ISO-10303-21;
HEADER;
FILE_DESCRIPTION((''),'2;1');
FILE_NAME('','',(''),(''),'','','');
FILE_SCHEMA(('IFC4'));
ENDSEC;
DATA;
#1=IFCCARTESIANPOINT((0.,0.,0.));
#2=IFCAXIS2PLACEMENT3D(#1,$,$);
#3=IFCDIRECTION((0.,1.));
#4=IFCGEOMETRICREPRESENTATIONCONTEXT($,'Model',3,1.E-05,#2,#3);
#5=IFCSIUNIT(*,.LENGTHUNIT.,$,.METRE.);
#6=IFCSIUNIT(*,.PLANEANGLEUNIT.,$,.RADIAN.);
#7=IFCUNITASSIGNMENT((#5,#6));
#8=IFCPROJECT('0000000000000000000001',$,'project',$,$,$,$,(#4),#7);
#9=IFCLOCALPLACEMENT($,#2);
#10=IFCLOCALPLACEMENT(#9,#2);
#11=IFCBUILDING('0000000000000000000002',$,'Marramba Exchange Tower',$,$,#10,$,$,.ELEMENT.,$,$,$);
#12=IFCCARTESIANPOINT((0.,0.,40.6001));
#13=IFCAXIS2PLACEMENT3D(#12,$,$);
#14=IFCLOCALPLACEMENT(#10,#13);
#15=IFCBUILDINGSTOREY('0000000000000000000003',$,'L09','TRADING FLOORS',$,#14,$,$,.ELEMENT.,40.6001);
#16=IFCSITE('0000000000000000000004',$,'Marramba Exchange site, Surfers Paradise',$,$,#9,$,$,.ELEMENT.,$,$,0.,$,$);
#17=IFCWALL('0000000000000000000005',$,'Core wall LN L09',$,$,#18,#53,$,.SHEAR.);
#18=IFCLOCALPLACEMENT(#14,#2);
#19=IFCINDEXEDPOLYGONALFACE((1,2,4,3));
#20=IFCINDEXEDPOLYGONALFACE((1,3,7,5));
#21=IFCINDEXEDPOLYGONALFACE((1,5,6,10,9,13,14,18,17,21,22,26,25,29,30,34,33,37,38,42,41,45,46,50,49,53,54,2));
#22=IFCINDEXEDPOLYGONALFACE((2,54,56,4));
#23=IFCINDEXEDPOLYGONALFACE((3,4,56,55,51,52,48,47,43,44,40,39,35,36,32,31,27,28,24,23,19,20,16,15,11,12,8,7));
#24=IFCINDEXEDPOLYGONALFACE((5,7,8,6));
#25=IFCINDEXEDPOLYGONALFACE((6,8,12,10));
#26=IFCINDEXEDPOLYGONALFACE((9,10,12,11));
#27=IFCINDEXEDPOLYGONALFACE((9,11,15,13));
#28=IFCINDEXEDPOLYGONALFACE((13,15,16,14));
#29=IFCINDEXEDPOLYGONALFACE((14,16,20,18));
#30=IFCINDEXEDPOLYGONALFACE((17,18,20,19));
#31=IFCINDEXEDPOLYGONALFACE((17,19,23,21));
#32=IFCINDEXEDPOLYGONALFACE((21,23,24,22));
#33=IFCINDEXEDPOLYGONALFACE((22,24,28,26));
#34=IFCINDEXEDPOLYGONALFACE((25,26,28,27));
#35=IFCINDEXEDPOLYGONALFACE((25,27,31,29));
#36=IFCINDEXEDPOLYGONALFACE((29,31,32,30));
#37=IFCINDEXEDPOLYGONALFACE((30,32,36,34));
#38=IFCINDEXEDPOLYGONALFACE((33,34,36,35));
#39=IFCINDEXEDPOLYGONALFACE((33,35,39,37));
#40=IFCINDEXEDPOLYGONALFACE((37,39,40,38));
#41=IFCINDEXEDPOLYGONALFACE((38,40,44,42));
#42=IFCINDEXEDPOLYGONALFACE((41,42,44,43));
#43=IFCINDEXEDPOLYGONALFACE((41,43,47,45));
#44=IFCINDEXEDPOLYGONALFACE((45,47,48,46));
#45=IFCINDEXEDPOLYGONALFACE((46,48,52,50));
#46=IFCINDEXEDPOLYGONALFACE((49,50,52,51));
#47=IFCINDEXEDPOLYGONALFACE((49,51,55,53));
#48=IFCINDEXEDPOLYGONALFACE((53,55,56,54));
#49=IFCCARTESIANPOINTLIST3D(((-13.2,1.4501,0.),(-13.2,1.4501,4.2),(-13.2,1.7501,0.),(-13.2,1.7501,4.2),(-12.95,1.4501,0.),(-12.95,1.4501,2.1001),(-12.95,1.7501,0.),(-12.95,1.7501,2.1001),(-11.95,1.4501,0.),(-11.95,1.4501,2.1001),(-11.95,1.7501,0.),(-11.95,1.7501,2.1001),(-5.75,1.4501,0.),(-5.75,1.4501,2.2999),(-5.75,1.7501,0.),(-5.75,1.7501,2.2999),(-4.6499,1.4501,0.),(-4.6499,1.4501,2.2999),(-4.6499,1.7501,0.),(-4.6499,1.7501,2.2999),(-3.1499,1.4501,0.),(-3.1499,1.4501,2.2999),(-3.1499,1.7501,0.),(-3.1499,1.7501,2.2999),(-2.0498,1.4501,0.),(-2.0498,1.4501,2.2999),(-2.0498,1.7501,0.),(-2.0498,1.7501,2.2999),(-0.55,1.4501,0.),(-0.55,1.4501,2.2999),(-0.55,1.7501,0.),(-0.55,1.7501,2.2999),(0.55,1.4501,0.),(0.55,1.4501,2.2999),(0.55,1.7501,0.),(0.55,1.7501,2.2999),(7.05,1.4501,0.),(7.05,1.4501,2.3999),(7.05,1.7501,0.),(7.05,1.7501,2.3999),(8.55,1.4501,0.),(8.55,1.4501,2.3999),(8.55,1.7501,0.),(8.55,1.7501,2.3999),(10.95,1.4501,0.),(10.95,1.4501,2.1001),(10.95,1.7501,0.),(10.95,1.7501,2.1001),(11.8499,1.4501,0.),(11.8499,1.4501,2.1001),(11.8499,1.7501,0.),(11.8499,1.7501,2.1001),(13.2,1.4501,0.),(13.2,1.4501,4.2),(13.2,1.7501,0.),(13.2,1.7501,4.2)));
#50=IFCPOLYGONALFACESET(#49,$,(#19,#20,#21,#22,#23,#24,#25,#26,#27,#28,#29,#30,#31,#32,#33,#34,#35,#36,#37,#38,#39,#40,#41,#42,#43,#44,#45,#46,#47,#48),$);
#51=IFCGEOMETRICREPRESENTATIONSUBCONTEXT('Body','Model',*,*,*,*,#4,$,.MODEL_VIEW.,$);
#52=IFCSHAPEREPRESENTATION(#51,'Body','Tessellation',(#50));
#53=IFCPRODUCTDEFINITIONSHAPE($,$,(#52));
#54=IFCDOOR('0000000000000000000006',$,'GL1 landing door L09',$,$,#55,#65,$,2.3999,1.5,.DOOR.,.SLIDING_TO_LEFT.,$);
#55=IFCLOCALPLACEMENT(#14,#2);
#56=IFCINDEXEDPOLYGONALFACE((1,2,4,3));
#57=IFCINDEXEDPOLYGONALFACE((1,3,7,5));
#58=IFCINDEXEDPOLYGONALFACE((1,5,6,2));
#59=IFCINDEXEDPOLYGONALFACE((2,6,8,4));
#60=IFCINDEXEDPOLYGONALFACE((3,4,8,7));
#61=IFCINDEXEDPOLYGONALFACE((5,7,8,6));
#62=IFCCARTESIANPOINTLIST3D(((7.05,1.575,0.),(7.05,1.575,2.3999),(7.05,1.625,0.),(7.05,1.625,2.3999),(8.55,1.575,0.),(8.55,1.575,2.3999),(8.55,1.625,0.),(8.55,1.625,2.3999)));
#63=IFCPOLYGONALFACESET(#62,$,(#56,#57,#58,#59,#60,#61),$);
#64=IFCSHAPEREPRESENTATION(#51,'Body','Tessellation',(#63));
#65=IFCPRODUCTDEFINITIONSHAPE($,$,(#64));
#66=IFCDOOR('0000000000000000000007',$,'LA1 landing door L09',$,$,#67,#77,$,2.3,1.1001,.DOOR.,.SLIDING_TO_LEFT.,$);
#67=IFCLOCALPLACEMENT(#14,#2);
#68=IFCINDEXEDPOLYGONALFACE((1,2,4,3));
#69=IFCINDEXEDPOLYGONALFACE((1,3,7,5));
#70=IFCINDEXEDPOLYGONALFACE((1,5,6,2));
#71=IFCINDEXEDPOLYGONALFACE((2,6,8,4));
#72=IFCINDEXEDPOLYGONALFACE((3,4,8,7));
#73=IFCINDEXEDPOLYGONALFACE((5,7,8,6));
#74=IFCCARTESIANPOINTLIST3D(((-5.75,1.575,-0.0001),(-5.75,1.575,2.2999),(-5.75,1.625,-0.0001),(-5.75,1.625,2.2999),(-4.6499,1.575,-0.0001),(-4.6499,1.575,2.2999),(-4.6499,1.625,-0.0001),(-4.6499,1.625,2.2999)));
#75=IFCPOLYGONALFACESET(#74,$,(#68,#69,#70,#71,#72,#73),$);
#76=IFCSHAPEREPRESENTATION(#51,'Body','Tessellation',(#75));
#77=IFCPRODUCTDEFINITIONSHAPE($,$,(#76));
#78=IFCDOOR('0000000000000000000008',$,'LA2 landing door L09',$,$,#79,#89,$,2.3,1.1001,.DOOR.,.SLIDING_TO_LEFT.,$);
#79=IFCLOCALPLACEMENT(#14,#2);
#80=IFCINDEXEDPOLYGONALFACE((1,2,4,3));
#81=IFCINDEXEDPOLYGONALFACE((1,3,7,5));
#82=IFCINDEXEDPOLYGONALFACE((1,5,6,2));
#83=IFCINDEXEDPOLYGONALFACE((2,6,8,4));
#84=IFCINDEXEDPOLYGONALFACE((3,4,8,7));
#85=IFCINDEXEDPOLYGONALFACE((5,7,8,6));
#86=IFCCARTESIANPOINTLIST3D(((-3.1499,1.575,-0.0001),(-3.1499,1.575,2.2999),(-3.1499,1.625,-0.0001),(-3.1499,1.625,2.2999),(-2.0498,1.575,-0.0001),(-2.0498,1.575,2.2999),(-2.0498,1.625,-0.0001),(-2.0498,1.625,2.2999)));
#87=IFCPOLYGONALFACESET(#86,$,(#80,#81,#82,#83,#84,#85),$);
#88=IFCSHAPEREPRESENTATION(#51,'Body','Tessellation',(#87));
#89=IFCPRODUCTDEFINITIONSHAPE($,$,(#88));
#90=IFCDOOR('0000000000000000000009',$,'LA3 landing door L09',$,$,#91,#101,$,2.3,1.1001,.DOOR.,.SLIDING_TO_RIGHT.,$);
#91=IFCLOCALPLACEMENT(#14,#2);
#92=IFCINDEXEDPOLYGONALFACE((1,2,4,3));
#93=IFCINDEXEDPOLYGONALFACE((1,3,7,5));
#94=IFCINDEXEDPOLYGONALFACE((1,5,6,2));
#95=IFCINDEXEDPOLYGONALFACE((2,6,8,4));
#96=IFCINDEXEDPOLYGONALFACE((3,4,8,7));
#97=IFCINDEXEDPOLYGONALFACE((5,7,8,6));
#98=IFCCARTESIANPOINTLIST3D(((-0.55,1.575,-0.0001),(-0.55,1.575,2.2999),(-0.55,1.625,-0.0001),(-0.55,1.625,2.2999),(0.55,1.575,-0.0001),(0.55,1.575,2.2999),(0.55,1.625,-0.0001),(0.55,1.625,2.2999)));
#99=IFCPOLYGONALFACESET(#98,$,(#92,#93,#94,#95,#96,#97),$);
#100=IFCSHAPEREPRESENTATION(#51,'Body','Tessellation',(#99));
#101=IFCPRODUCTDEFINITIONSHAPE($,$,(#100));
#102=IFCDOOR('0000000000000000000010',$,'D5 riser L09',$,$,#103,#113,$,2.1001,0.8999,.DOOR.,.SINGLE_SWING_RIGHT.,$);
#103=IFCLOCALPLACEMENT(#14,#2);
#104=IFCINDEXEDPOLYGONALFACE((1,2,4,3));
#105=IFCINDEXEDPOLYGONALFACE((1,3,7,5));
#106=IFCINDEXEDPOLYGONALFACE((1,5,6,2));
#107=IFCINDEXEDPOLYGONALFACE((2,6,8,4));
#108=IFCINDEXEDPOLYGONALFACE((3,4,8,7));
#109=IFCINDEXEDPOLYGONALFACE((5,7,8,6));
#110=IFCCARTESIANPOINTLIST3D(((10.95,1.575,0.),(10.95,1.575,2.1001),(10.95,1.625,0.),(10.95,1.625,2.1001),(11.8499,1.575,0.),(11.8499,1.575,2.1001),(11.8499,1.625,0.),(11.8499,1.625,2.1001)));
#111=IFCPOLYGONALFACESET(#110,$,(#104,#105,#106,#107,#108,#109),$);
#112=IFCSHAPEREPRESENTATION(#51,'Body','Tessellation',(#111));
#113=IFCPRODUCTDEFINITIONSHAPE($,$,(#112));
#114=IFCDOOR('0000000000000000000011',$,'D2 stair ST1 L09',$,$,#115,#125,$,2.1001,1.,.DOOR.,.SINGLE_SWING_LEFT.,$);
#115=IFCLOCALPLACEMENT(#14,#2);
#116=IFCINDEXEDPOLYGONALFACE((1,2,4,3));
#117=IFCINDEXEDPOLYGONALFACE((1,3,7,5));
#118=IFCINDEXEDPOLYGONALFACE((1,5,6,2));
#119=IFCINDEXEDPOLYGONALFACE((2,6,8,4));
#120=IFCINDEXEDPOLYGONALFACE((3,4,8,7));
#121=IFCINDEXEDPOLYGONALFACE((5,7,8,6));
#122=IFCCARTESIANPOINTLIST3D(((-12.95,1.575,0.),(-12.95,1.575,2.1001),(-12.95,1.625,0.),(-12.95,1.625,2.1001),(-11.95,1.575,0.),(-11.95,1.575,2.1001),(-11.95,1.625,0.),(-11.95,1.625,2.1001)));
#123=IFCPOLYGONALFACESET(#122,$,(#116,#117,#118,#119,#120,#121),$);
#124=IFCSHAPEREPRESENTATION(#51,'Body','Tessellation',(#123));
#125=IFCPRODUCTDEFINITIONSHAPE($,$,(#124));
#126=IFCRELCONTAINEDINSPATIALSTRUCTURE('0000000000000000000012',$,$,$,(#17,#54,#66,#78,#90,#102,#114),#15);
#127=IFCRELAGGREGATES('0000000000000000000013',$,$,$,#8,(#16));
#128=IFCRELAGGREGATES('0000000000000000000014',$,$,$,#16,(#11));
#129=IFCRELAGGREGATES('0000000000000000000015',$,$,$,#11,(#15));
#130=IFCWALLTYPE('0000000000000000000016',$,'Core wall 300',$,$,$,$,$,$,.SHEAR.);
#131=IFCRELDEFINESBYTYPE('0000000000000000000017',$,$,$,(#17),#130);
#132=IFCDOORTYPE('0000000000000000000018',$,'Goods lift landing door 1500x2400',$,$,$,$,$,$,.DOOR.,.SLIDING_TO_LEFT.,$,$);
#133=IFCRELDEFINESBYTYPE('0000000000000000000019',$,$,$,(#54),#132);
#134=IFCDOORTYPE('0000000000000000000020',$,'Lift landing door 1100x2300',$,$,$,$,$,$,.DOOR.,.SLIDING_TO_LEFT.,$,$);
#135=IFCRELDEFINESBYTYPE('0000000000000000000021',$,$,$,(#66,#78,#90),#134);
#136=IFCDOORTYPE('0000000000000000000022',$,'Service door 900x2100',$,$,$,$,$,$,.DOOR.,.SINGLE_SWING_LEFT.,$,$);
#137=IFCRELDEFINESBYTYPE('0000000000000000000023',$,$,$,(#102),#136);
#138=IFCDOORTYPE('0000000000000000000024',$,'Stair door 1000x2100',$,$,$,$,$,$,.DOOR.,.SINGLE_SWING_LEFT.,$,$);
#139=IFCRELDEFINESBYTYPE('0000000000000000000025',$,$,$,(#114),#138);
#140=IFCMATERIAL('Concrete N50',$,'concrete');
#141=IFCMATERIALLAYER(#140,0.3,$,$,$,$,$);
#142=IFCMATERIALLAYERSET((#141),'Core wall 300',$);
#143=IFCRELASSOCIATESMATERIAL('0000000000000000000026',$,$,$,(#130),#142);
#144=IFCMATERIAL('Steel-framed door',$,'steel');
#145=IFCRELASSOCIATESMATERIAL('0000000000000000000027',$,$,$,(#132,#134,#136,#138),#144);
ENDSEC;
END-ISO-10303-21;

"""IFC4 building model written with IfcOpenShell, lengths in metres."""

from ifc_helpers import new_model, si_unit, direction, frame, frame_2d, origin, place, context, subcontext, project, spatial, rectangle, extrude, material, layer, layer_set, type_object, element, fill, save


model = new_model("IFC4")

# Units and contexts
model_context = context("Model", 3, precision=1e-05, world=origin(), true_north=direction((0.0, 1.0)))
body_context = subcontext(model_context, "Body", "Model", "MODEL_VIEW")
ifc_project = project(units=[si_unit("LENGTHUNIT", "METRE"), si_unit("PLANEANGLEUNIT", "RADIAN")], contexts=[model_context])

# Site, building, storey
site_placement = place(None, origin())
site = spatial("IfcSite", under=ifc_project, at=site_placement, Name="Marramba Exchange site, Surfers Paradise", CompositionType="ELEMENT", RefElevation=0.0)
building_placement = place(site_placement, origin())
building = spatial("IfcBuilding", under=site, at=building_placement, Name="Marramba Exchange Tower", CompositionType="ELEMENT")
storey_placement = place(building_placement, frame((0.0, 0.0, 40.6001)))
storey = spatial("IfcBuildingStorey", under=building, at=storey_placement, Name="L09", Description="TRADING FLOORS", CompositionType="ELEMENT", Elevation=40.6001)

# Shared definitions
ifc_material_1 = material(Name="Concrete N50", Category="concrete")

# Wall, openings, doors
ifc_layer_1 = layer(ifc_material_1, 0.3)
ifc_layer_set_1 = layer_set([ifc_layer_1], Name="Core wall 300")
wall_type_1 = type_object("IfcWallType", Name="Core wall 300", PredefinedType="SHEAR", material=ifc_layer_set_1)
wall_1_placement = place(storey_placement, frame((-13.2, 1.6001, 0.0), z_axis=(0.0, 0.0, 1.0), x_axis=(1.0, 0.0, 0.0)))
wall_1 = element("IfcWall", 1, at=wall_1_placement, inside=storey, type_object=wall_type_1, Name="Core wall LN L09", PredefinedType="SHEAR", context=body_context, shape_type="SweptSolid", body=[
    extrude(rectangle(XDim=26.3999, YDim=0.3, at=frame_2d((13.2, 0.0))), origin(), (0.0, 0.0, 1.0), 4.2),
])
opening_1_placement = place(wall_1_placement, frame((0.25, 0.0, 0.0)))
opening_1 = element("IfcOpeningElement", 2, at=opening_1_placement, cuts=wall_1, PredefinedType="OPENING", context=body_context, shape_type="SweptSolid", body=[
    extrude(rectangle(XDim=1.0, YDim=2.1001, at=frame_2d((0.5, 1.05))), frame((0.0, 0.1599, 0.0), z_axis=(0.0, -1.0, 0.0), x_axis=(1.0, 0.0, 0.0)), (0.0, 0.0, 1.0), 0.3201),
])
opening_2_placement = place(wall_1_placement, frame((20.25, 0.0, 0.0)))
opening_2 = element("IfcOpeningElement", 3, at=opening_2_placement, cuts=wall_1, PredefinedType="OPENING", context=body_context, shape_type="SweptSolid", body=[
    extrude(rectangle(XDim=1.5, YDim=2.3999, at=frame_2d((0.75, 1.2))), frame((0.0, 0.1599, 0.0), z_axis=(0.0, -1.0, 0.0), x_axis=(1.0, 0.0, 0.0)), (0.0, 0.0, 1.0), 0.3201),
])
opening_3_placement = place(wall_1_placement, frame((7.45, 0.0, 0.0)))
opening_3 = element("IfcOpeningElement", 4, at=opening_3_placement, cuts=wall_1, PredefinedType="OPENING", context=body_context, shape_type="SweptSolid", body=[
    extrude(rectangle(XDim=1.1001, YDim=2.3, at=frame_2d((0.55, 1.1499))), frame((0.0, 0.1599, 0.0), z_axis=(0.0, -1.0, 0.0), x_axis=(1.0, 0.0, 0.0)), (0.0, 0.0, 1.0), 0.3201),
])
opening_4_placement = place(wall_1_placement, frame((10.05, 0.0, 0.0)))
opening_4 = element("IfcOpeningElement", 5, at=opening_4_placement, cuts=wall_1, PredefinedType="OPENING", context=body_context, shape_type="SweptSolid", body=[
    extrude(rectangle(XDim=1.1001, YDim=2.3, at=frame_2d((0.55, 1.1499))), frame((0.0, 0.1599, 0.0), z_axis=(0.0, -1.0, 0.0), x_axis=(1.0, 0.0, 0.0)), (0.0, 0.0, 1.0), 0.3201),
])
opening_5_placement = place(wall_1_placement, frame((12.6499, 0.0, 0.0)))
opening_5 = element("IfcOpeningElement", 6, at=opening_5_placement, cuts=wall_1, PredefinedType="OPENING", context=body_context, shape_type="SweptSolid", body=[
    extrude(rectangle(XDim=1.1001, YDim=2.3, at=frame_2d((0.55, 1.1499))), frame((0.0, 0.1599, 0.0), z_axis=(0.0, -1.0, 0.0), x_axis=(1.0, 0.0, 0.0)), (0.0, 0.0, 1.0), 0.3201),
])
opening_6_placement = place(wall_1_placement, frame((24.1499, 0.0, 0.0)))
opening_6 = element("IfcOpeningElement", 7, at=opening_6_placement, cuts=wall_1, PredefinedType="OPENING", context=body_context, shape_type="SweptSolid", body=[
    extrude(rectangle(XDim=0.8999, YDim=2.1001, at=frame_2d((0.45, 1.05))), frame((0.0, 0.1599, 0.0), z_axis=(0.0, -1.0, 0.0), x_axis=(1.0, 0.0, 0.0)), (0.0, 0.0, 1.0), 0.3201),
])
ifc_material_2 = material(Name="Steel-framed door", Category="steel")
door_type_1 = type_object("IfcDoorType", Name="Goods lift landing door 1500x2400", OperationType="SLIDING_TO_LEFT", PredefinedType="DOOR", material=ifc_material_2)
door_1_placement = place(opening_2_placement, origin())
door_1 = element("IfcDoor", 8, at=door_1_placement, inside=storey, type_object=door_type_1, Name="GL1 landing door L09", OperationType="SLIDING_TO_LEFT", OverallHeight=2.3999, OverallWidth=1.5, PredefinedType="DOOR", context=body_context, shape_type="SweptSolid", body=[
    extrude(rectangle(XDim=1.5, YDim=2.3999, at=frame_2d((0.75, 1.2))), frame((0.0, 0.0249, 0.0), z_axis=(0.0, -1.0, 0.0), x_axis=(1.0, 0.0, 0.0)), (0.0, 0.0, 1.0), 0.05),
])
fill(opening_2, door_1)
door_type_2 = type_object("IfcDoorType", Name="Lift landing door 1100x2300", OperationType="SLIDING_TO_LEFT", PredefinedType="DOOR", material=ifc_material_2)
door_2_placement = place(opening_3_placement, origin())
door_2 = element("IfcDoor", 9, at=door_2_placement, inside=storey, type_object=door_type_2, Name="LA1 landing door L09", OperationType="SLIDING_TO_LEFT", OverallHeight=2.3, OverallWidth=1.1001, PredefinedType="DOOR", context=body_context, shape_type="SweptSolid", body=[
    extrude(rectangle(XDim=1.1001, YDim=2.3, at=frame_2d((0.55, 1.1499))), frame((0.0, 0.0249, 0.0), z_axis=(0.0, -1.0, 0.0), x_axis=(1.0, 0.0, 0.0)), (0.0, 0.0, 1.0), 0.05),
])
fill(opening_3, door_2)
door_3_placement = place(opening_4_placement, origin())
door_3 = element("IfcDoor", 10, at=door_3_placement, inside=storey, type_object=door_type_2, Name="LA2 landing door L09", OperationType="SLIDING_TO_LEFT", OverallHeight=2.3, OverallWidth=1.1001, PredefinedType="DOOR", context=body_context, shape_type="SweptSolid", body=[
    extrude(rectangle(XDim=1.1001, YDim=2.3, at=frame_2d((0.55, 1.1499))), frame((0.0, 0.0249, 0.0), z_axis=(0.0, -1.0, 0.0), x_axis=(1.0, 0.0, 0.0)), (0.0, 0.0, 1.0), 0.05),
])
fill(opening_4, door_3)
door_4_placement = place(opening_5_placement, origin())
door_4 = element("IfcDoor", 11, at=door_4_placement, inside=storey, type_object=door_type_2, Name="LA3 landing door L09", OperationType="SLIDING_TO_RIGHT", OverallHeight=2.3, OverallWidth=1.1001, PredefinedType="DOOR", context=body_context, shape_type="SweptSolid", body=[
    extrude(rectangle(XDim=1.1001, YDim=2.3, at=frame_2d((0.55, 1.1499))), frame((0.0, 0.0249, 0.0), z_axis=(0.0, -1.0, 0.0), x_axis=(1.0, 0.0, 0.0)), (0.0, 0.0, 1.0), 0.05),
])
fill(opening_5, door_4)
door_type_3 = type_object("IfcDoorType", Name="Service door 900x2100", OperationType="SINGLE_SWING_LEFT", PredefinedType="DOOR", material=ifc_material_2)
door_5_placement = place(opening_6_placement, origin())
door_5 = element("IfcDoor", 12, at=door_5_placement, inside=storey, type_object=door_type_3, Name="D5 riser L09", OperationType="SINGLE_SWING_RIGHT", OverallHeight=2.1001, OverallWidth=0.8999, PredefinedType="DOOR", context=body_context, shape_type="SweptSolid", body=[
    extrude(rectangle(XDim=0.8999, YDim=2.1001, at=frame_2d((0.45, 1.05))), frame((0.0, 0.0249, 0.0), z_axis=(0.0, -1.0, 0.0), x_axis=(1.0, 0.0, 0.0)), (0.0, 0.0, 1.0), 0.05),
])
fill(opening_6, door_5)
door_type_4 = type_object("IfcDoorType", Name="Stair door 1000x2100", OperationType="SINGLE_SWING_LEFT", PredefinedType="DOOR", material=ifc_material_2)
door_6_placement = place(opening_1_placement, origin())
door_6 = element("IfcDoor", 13, at=door_6_placement, inside=storey, type_object=door_type_4, Name="D2 stair ST1 L09", OperationType="SINGLE_SWING_LEFT", OverallHeight=2.1001, OverallWidth=1.0, PredefinedType="DOOR", context=body_context, shape_type="SweptSolid", body=[
    extrude(rectangle(XDim=1.0, YDim=2.1001, at=frame_2d((0.5, 1.05))), frame((0.0, 0.0249, 0.0), z_axis=(0.0, -1.0, 0.0), x_axis=(1.0, 0.0, 0.0)), (0.0, 0.0, 1.0), 0.05),
])
fill(opening_1, door_6)

save(model, "model.ifc")
